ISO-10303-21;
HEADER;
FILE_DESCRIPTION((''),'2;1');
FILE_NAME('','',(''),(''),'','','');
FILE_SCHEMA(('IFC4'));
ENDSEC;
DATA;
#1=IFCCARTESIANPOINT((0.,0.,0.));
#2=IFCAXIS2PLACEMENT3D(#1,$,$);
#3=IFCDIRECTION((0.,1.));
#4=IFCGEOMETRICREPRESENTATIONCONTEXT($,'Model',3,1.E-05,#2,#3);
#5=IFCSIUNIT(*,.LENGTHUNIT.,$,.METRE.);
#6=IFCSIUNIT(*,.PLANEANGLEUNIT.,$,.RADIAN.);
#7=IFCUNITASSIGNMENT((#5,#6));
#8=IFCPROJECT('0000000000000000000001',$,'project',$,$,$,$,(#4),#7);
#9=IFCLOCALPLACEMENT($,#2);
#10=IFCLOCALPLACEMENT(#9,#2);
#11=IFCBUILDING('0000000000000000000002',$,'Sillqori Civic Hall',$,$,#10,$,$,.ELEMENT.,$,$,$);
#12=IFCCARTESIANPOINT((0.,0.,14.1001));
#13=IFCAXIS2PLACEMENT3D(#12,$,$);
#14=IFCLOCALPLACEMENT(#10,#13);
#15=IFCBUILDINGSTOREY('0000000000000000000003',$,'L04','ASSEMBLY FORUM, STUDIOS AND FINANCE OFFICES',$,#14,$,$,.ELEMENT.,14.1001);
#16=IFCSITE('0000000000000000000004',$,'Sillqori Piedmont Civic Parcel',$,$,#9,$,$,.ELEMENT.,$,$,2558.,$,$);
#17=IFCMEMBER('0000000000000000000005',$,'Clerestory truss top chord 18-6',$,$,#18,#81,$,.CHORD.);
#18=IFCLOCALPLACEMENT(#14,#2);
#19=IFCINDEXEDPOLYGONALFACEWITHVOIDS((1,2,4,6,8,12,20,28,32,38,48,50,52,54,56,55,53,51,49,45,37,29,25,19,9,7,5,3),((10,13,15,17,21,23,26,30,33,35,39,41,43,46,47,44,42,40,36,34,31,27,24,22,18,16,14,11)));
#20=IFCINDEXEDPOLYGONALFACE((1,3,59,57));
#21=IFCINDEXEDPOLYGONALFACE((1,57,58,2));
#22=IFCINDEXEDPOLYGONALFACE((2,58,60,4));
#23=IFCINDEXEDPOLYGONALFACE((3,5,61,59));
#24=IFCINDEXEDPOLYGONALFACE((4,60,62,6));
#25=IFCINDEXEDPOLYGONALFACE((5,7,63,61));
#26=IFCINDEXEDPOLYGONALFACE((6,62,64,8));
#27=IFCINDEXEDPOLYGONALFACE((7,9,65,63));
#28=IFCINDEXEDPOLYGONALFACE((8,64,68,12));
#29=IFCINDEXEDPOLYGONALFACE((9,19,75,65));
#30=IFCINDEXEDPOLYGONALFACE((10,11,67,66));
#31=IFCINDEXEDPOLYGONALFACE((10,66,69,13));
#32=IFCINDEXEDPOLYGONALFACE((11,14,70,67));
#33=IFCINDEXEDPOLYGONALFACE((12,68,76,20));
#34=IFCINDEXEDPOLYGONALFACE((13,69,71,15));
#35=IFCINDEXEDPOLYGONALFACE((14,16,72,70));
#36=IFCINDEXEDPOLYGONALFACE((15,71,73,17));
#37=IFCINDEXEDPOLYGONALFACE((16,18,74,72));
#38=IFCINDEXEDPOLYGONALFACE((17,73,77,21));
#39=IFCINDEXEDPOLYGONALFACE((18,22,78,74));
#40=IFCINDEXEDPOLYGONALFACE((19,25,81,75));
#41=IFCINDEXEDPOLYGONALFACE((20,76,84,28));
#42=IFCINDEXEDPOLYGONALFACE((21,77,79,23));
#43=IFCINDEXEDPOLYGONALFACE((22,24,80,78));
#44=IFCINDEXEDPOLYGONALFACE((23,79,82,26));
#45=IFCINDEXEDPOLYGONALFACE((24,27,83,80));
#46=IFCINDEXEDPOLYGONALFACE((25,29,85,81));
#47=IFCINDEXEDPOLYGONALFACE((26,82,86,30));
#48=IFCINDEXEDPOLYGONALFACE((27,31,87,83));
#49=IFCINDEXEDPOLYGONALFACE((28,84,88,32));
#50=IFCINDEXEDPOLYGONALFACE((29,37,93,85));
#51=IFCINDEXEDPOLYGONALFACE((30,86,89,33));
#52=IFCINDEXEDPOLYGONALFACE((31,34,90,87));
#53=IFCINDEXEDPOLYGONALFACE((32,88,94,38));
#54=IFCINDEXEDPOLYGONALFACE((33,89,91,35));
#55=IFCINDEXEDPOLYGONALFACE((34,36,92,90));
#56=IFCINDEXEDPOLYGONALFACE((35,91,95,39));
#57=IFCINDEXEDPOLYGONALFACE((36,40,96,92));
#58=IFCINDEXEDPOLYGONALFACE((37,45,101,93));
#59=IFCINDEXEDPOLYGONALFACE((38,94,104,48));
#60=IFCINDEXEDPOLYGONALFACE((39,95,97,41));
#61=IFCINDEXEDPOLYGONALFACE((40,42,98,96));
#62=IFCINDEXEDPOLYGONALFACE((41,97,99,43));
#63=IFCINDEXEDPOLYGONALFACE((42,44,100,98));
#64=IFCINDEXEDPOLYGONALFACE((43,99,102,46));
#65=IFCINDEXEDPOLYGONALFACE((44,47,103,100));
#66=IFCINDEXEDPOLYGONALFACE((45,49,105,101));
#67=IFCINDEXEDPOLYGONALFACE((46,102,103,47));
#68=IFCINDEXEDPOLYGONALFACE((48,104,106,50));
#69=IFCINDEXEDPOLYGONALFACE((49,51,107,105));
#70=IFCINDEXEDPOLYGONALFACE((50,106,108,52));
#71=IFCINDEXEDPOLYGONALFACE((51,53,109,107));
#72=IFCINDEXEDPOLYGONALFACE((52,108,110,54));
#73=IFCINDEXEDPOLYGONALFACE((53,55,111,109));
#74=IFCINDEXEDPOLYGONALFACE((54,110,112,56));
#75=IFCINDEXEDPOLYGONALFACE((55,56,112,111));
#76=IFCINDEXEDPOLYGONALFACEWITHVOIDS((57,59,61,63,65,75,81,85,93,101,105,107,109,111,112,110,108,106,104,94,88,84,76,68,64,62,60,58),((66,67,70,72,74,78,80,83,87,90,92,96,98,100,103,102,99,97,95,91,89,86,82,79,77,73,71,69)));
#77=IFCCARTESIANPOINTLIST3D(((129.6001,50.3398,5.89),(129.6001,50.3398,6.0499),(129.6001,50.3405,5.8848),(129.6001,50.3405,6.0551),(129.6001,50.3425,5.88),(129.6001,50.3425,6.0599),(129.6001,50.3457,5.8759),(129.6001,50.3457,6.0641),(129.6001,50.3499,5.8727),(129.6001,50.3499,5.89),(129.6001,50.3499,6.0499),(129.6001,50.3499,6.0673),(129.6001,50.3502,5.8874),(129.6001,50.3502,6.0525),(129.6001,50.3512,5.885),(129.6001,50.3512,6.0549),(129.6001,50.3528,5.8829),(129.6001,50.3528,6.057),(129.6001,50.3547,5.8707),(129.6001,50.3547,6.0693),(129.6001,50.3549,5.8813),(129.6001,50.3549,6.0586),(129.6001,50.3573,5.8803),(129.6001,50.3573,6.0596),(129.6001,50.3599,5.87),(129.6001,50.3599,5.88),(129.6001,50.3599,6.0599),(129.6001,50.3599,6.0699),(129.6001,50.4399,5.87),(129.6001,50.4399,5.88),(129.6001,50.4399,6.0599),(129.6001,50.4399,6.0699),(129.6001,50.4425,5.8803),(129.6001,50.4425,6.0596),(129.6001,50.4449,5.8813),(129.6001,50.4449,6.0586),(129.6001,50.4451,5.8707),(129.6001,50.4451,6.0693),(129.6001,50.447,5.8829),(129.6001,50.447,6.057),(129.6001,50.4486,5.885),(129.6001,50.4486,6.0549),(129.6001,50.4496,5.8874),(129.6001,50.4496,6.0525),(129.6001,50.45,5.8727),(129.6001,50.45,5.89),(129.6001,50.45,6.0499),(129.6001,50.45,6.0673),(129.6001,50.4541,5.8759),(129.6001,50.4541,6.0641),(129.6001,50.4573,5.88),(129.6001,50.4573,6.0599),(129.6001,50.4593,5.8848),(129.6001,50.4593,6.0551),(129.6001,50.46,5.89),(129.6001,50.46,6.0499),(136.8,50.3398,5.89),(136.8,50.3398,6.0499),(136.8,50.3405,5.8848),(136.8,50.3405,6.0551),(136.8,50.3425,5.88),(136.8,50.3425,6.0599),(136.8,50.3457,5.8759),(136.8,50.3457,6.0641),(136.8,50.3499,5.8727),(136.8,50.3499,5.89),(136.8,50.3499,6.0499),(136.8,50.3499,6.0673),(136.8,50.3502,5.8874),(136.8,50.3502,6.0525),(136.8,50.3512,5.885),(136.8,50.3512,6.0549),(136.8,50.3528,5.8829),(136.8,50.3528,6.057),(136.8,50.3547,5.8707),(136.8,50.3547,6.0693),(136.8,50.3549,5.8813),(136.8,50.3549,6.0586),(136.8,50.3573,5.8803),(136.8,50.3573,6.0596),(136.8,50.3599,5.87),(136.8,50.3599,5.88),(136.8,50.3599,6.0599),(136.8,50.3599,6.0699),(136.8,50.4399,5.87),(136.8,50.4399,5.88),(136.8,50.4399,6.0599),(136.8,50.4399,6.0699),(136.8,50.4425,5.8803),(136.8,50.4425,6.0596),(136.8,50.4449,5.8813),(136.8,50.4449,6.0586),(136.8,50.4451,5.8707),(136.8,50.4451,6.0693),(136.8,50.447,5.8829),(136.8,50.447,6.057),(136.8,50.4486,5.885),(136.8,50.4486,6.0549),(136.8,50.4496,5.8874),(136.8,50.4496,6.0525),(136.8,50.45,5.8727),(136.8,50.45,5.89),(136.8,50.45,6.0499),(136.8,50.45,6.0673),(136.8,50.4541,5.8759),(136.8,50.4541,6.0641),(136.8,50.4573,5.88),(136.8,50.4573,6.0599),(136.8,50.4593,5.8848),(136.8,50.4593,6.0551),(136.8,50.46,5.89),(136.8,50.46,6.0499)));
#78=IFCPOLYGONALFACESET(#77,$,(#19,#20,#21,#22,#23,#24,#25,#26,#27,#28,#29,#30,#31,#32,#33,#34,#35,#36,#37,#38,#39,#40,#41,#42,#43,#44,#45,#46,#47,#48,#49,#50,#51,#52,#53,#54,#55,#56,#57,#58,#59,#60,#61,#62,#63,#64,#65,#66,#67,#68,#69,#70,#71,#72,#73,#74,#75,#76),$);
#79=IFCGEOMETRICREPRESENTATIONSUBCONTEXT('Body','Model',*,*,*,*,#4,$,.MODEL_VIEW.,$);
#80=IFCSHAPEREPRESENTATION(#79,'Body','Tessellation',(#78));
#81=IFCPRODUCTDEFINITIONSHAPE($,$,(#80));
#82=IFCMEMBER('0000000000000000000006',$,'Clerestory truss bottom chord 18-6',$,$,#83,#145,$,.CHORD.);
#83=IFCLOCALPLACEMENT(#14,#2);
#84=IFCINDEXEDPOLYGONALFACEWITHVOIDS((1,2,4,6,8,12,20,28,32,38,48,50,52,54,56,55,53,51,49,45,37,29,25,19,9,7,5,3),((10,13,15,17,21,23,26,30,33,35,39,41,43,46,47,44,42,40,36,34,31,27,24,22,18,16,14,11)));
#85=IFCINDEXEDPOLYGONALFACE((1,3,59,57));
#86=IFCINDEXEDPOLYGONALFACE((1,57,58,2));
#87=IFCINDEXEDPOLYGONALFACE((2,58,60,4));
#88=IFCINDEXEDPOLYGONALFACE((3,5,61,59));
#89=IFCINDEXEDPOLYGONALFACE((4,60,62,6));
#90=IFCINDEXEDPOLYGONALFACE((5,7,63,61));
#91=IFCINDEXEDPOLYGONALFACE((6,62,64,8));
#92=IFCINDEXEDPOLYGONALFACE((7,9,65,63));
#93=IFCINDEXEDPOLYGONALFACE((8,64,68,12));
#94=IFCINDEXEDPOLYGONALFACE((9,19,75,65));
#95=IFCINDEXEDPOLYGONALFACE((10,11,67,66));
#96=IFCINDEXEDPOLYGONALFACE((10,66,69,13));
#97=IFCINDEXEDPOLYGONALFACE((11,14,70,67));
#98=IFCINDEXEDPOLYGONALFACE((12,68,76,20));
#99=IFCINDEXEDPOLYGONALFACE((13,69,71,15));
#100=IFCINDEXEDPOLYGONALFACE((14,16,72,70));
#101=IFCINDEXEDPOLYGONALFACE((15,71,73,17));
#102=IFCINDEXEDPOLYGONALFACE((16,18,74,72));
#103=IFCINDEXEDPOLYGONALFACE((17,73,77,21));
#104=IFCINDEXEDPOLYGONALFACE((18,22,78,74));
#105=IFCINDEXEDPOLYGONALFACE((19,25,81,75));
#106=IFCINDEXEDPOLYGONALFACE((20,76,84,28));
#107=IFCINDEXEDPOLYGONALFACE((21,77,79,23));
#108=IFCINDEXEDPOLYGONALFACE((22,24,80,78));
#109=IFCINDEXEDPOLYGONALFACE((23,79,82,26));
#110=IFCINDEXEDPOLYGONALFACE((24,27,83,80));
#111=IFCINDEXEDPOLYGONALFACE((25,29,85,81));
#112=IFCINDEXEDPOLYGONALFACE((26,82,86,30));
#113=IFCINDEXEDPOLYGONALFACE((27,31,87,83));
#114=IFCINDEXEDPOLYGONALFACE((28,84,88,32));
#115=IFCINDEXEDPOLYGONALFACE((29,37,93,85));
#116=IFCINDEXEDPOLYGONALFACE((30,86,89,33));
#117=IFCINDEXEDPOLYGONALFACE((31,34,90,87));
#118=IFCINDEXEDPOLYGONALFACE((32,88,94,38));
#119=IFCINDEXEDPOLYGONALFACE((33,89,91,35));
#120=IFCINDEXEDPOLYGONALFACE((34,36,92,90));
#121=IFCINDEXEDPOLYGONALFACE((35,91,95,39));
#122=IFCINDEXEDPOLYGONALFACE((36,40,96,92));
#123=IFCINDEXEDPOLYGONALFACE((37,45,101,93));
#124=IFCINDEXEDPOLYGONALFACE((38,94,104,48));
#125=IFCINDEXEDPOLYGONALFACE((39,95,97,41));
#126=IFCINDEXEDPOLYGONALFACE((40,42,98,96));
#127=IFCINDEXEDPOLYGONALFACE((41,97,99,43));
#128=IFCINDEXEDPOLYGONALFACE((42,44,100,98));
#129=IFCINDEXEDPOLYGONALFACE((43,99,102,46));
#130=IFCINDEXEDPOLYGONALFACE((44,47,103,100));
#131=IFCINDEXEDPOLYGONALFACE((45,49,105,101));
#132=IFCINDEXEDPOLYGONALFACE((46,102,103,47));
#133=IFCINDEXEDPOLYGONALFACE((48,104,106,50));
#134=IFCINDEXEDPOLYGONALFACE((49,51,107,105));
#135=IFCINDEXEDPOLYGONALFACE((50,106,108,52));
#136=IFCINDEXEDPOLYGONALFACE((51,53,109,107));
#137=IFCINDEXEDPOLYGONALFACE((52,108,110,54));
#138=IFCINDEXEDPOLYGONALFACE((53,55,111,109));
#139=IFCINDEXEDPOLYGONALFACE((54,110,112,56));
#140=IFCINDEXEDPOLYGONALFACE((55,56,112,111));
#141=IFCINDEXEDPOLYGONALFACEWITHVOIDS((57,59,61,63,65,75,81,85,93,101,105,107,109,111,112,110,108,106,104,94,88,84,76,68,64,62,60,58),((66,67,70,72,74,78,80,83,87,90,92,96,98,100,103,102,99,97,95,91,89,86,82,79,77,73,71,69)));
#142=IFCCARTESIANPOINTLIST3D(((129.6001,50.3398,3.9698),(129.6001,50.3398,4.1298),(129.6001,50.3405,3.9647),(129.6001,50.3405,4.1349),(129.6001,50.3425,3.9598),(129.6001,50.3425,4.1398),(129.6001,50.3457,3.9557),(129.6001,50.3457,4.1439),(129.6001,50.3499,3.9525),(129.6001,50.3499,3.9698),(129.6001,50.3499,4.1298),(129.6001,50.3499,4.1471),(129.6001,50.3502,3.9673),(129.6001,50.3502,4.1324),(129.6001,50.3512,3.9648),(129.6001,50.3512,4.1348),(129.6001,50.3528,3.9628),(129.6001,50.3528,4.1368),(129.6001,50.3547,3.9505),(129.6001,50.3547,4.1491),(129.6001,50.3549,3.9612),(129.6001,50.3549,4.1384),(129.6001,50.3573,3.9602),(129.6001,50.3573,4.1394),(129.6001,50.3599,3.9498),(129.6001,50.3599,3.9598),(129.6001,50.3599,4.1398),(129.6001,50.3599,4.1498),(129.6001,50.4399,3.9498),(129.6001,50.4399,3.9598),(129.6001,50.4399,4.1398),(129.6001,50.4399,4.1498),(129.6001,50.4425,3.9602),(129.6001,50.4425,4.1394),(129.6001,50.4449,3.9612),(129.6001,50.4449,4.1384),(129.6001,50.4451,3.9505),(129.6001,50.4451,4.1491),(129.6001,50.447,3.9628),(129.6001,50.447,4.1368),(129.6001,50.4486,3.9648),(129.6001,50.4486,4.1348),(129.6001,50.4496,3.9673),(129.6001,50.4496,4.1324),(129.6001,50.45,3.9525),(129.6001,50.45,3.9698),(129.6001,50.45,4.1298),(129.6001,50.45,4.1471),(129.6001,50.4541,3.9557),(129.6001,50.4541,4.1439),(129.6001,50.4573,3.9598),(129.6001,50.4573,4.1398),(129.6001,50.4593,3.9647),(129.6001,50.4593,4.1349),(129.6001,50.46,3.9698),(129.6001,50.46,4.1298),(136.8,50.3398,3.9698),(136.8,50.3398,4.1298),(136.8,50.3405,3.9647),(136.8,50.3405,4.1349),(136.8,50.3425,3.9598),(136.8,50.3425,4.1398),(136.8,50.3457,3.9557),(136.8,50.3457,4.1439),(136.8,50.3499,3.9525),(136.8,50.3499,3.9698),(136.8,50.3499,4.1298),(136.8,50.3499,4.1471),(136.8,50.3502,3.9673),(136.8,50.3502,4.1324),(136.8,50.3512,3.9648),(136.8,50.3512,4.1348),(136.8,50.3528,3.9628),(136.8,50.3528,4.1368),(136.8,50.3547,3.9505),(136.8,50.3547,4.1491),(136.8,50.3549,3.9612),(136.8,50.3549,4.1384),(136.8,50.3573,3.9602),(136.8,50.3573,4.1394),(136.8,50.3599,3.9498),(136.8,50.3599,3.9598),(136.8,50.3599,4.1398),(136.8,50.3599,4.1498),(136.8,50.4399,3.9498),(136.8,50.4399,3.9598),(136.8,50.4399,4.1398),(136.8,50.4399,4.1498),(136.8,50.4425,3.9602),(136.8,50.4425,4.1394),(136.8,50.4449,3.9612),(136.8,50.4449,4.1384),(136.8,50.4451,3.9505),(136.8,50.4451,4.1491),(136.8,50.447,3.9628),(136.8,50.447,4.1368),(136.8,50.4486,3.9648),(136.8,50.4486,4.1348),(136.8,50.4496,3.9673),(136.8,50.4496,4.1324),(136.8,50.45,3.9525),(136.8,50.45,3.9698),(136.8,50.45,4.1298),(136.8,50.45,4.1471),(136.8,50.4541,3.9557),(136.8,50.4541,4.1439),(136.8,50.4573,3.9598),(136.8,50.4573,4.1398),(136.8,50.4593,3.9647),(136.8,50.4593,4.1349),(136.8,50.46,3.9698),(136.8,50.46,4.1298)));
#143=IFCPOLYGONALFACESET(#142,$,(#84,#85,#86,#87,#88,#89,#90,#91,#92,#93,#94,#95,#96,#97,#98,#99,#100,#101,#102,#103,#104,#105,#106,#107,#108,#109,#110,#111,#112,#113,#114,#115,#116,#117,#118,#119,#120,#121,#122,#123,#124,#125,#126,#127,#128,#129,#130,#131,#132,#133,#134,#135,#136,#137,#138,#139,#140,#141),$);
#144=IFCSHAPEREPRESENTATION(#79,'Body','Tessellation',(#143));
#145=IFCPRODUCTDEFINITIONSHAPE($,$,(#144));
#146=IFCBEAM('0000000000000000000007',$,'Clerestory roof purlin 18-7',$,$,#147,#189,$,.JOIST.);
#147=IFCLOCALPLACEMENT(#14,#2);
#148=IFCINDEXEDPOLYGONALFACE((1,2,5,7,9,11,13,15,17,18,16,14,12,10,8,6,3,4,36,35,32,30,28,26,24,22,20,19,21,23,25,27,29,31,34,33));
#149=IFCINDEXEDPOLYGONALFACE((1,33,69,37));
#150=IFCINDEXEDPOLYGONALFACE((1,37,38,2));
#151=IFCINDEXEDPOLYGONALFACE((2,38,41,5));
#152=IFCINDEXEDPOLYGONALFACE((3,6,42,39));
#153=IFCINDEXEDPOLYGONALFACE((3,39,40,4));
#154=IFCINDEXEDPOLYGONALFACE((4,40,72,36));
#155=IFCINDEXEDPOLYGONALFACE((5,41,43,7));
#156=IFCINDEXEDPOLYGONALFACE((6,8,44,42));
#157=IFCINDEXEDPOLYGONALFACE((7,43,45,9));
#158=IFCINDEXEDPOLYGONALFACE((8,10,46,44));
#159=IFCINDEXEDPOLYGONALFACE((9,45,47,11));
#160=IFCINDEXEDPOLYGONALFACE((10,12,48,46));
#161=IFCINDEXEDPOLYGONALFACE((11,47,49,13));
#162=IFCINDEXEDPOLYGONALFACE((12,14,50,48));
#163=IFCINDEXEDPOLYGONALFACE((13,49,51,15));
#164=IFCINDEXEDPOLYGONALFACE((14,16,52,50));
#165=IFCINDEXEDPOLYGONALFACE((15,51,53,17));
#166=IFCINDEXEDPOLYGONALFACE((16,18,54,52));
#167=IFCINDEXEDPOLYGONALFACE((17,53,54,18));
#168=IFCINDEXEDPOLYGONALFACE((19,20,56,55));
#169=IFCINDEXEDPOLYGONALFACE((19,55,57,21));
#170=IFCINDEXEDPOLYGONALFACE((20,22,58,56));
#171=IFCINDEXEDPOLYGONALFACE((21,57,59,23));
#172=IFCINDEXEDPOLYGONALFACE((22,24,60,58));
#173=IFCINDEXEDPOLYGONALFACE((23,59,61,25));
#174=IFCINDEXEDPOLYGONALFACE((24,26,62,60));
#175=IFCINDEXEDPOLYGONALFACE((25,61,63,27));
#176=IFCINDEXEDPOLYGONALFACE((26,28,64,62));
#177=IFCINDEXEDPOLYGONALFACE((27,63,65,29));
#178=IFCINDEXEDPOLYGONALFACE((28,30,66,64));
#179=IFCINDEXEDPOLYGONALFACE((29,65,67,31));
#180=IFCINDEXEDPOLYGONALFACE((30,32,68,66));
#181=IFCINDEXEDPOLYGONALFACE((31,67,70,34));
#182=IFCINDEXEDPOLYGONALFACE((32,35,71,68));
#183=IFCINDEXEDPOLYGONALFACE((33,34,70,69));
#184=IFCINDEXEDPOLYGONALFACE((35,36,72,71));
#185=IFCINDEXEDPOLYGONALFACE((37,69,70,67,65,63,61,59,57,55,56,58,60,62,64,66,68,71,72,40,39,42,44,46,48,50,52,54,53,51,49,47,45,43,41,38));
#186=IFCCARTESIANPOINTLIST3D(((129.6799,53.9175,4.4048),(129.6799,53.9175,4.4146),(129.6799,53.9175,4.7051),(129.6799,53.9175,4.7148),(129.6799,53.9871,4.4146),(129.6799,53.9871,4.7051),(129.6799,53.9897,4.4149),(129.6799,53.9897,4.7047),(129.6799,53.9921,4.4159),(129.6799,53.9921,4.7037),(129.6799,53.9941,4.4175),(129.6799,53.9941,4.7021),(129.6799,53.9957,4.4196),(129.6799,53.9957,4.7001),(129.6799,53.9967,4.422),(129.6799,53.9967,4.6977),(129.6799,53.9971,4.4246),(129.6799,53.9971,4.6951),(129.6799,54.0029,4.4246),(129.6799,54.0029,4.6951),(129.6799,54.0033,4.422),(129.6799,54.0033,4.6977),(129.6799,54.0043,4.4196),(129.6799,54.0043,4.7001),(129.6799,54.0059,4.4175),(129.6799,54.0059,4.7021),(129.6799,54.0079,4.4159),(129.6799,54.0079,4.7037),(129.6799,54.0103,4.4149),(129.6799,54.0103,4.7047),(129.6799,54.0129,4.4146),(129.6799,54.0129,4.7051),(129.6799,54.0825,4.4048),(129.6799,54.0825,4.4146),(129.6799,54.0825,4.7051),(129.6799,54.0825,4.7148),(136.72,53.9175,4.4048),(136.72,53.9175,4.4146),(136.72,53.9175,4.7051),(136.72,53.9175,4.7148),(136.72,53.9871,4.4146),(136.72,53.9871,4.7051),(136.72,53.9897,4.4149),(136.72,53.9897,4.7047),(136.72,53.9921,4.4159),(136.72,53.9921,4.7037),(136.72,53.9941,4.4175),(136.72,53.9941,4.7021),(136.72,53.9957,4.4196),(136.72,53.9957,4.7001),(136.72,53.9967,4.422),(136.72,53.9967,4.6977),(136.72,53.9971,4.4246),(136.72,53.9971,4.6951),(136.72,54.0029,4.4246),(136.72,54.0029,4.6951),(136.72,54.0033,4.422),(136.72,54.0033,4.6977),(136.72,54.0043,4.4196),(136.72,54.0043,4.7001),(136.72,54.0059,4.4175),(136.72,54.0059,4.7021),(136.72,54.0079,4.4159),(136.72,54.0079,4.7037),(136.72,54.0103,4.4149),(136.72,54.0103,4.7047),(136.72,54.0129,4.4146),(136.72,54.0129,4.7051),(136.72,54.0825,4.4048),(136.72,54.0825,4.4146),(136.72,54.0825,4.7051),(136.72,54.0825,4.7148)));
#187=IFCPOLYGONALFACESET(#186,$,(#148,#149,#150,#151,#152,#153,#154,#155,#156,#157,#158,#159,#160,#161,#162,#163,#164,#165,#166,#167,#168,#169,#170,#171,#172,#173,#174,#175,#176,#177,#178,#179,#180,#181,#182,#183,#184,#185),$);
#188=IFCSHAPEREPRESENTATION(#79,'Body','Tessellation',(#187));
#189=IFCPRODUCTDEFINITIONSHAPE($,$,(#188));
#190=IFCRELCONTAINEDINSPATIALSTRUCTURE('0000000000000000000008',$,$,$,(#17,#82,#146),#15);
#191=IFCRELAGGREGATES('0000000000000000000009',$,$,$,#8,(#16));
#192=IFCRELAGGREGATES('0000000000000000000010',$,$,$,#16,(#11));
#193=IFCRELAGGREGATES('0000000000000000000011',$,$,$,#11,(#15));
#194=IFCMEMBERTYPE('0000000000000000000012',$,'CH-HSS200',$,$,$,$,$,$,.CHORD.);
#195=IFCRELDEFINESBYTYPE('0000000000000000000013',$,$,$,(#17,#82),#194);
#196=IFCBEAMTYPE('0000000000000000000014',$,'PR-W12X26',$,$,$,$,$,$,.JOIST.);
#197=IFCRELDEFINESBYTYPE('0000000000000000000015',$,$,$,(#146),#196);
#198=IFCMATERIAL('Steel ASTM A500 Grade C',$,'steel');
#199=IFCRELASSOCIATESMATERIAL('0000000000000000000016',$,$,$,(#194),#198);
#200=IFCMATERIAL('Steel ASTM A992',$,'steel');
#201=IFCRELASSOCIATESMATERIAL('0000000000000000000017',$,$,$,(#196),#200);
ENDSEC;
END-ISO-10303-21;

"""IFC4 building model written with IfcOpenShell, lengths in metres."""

from ifc_helpers import new_model, si_unit, direction, frame, origin, origin_2d, place, context, subcontext, project, spatial, hollow_rectangle, i_section, extrude, material, material_profile, profile_set, type_object, element, save


model = new_model("IFC4")

# Units and contexts
model_context = context("Model", 3, precision=1e-05, world=origin(), true_north=direction((0.0, 1.0)))
body_context = subcontext(model_context, "Body", "Model", "MODEL_VIEW")
ifc_project = project(units=[si_unit("LENGTHUNIT", "METRE"), si_unit("PLANEANGLEUNIT", "RADIAN")], contexts=[model_context])

# Site, building, storey
site_placement = place(None, origin())
site = spatial("IfcSite", under=ifc_project, at=site_placement, Name="Sillqori Piedmont Civic Parcel", CompositionType="ELEMENT", RefElevation=2558.0)
building_placement = place(site_placement, origin())
building = spatial("IfcBuilding", under=site, at=building_placement, Name="Sillqori Civic Hall", CompositionType="ELEMENT")
storey_placement = place(building_placement, frame((0.0, 0.0, 14.1001)))
storey = spatial("IfcBuildingStorey", under=building, at=storey_placement, Name="L04", Description="ASSEMBLY FORUM, STUDIOS AND FINANCE OFFICES", CompositionType="ELEMENT", Elevation=14.1001)

# Shared definitions
ifc_material_1 = material(Name="Steel ASTM A992", Category="steel")

# Members
ifc_material_2 = material(Name="Steel ASTM A500 Grade C", Category="steel")
ifc_material_profile_1 = material_profile(ifc_material_2, hollow_rectangle(XDim=0.1201, YDim=0.2, WallThickness=0.01, InnerFilletRadius=0.01, OuterFilletRadius=0.02, at=origin_2d()), Name="HSS200X120X10")
ifc_profile_set_1 = profile_set([ifc_material_profile_1], Name="Steel ASTM A500 Grade C")
member_type_1 = type_object("IfcMemberType", Name="CH-HSS200", PredefinedType="CHORD", material=ifc_profile_set_1)
for number, where, z_axis, x_axis, name in (
    (1, (129.6001, 50.3999, 5.97), (1.0, 0.0, 0.0), (0.0, 1.0, 0.0), "Clerestory truss top chord 18-6"),
    (2, (129.6001, 50.3999, 4.0498), (1.0, 0.0, 0.0), (0.0, 1.0, 0.0), "Clerestory truss bottom chord 18-6"),
):
    element("IfcMember", number, at=place(storey_placement, frame(where, z_axis=z_axis, x_axis=x_axis)), inside=storey, type_object=member_type_1, Name=name, PredefinedType="CHORD", context=body_context, shape_type="SweptSolid", body=[
        extrude(hollow_rectangle(XDim=0.1201, YDim=0.2, WallThickness=0.01, InnerFilletRadius=0.01, OuterFilletRadius=0.02, at=origin_2d()), origin(), (0.0, 0.0, 1.0), 7.2),
    ])

# Beam
ifc_material_profile_2 = material_profile(ifc_material_1, i_section(OverallWidth=0.165, OverallDepth=0.3101, WebThickness=0.0059, FlangeThickness=0.0098, FilletRadius=0.01, at=origin_2d()), Name="W12X26")
ifc_profile_set_2 = profile_set([ifc_material_profile_2], Name="Steel ASTM A992")
beam_type_1 = type_object("IfcBeamType", Name="PR-W12X26", PredefinedType="JOIST", material=ifc_profile_set_2)
beam_1_placement = place(storey_placement, frame((129.6799, 54.0, 4.5598), z_axis=(1.0, 0.0, 0.0), x_axis=(0.0, 1.0, 0.0)))
element("IfcBeam", 3, at=beam_1_placement, inside=storey, type_object=beam_type_1, Name="Clerestory roof purlin 18-7", PredefinedType="JOIST", context=body_context, shape_type="SweptSolid", body=[
    extrude(i_section(OverallWidth=0.165, OverallDepth=0.3101, WebThickness=0.0059, FlangeThickness=0.0098, FilletRadius=0.01, at=origin_2d()), origin(), (0.0, 0.0, 1.0), 7.04),
])

save(model, "model.ifc")
